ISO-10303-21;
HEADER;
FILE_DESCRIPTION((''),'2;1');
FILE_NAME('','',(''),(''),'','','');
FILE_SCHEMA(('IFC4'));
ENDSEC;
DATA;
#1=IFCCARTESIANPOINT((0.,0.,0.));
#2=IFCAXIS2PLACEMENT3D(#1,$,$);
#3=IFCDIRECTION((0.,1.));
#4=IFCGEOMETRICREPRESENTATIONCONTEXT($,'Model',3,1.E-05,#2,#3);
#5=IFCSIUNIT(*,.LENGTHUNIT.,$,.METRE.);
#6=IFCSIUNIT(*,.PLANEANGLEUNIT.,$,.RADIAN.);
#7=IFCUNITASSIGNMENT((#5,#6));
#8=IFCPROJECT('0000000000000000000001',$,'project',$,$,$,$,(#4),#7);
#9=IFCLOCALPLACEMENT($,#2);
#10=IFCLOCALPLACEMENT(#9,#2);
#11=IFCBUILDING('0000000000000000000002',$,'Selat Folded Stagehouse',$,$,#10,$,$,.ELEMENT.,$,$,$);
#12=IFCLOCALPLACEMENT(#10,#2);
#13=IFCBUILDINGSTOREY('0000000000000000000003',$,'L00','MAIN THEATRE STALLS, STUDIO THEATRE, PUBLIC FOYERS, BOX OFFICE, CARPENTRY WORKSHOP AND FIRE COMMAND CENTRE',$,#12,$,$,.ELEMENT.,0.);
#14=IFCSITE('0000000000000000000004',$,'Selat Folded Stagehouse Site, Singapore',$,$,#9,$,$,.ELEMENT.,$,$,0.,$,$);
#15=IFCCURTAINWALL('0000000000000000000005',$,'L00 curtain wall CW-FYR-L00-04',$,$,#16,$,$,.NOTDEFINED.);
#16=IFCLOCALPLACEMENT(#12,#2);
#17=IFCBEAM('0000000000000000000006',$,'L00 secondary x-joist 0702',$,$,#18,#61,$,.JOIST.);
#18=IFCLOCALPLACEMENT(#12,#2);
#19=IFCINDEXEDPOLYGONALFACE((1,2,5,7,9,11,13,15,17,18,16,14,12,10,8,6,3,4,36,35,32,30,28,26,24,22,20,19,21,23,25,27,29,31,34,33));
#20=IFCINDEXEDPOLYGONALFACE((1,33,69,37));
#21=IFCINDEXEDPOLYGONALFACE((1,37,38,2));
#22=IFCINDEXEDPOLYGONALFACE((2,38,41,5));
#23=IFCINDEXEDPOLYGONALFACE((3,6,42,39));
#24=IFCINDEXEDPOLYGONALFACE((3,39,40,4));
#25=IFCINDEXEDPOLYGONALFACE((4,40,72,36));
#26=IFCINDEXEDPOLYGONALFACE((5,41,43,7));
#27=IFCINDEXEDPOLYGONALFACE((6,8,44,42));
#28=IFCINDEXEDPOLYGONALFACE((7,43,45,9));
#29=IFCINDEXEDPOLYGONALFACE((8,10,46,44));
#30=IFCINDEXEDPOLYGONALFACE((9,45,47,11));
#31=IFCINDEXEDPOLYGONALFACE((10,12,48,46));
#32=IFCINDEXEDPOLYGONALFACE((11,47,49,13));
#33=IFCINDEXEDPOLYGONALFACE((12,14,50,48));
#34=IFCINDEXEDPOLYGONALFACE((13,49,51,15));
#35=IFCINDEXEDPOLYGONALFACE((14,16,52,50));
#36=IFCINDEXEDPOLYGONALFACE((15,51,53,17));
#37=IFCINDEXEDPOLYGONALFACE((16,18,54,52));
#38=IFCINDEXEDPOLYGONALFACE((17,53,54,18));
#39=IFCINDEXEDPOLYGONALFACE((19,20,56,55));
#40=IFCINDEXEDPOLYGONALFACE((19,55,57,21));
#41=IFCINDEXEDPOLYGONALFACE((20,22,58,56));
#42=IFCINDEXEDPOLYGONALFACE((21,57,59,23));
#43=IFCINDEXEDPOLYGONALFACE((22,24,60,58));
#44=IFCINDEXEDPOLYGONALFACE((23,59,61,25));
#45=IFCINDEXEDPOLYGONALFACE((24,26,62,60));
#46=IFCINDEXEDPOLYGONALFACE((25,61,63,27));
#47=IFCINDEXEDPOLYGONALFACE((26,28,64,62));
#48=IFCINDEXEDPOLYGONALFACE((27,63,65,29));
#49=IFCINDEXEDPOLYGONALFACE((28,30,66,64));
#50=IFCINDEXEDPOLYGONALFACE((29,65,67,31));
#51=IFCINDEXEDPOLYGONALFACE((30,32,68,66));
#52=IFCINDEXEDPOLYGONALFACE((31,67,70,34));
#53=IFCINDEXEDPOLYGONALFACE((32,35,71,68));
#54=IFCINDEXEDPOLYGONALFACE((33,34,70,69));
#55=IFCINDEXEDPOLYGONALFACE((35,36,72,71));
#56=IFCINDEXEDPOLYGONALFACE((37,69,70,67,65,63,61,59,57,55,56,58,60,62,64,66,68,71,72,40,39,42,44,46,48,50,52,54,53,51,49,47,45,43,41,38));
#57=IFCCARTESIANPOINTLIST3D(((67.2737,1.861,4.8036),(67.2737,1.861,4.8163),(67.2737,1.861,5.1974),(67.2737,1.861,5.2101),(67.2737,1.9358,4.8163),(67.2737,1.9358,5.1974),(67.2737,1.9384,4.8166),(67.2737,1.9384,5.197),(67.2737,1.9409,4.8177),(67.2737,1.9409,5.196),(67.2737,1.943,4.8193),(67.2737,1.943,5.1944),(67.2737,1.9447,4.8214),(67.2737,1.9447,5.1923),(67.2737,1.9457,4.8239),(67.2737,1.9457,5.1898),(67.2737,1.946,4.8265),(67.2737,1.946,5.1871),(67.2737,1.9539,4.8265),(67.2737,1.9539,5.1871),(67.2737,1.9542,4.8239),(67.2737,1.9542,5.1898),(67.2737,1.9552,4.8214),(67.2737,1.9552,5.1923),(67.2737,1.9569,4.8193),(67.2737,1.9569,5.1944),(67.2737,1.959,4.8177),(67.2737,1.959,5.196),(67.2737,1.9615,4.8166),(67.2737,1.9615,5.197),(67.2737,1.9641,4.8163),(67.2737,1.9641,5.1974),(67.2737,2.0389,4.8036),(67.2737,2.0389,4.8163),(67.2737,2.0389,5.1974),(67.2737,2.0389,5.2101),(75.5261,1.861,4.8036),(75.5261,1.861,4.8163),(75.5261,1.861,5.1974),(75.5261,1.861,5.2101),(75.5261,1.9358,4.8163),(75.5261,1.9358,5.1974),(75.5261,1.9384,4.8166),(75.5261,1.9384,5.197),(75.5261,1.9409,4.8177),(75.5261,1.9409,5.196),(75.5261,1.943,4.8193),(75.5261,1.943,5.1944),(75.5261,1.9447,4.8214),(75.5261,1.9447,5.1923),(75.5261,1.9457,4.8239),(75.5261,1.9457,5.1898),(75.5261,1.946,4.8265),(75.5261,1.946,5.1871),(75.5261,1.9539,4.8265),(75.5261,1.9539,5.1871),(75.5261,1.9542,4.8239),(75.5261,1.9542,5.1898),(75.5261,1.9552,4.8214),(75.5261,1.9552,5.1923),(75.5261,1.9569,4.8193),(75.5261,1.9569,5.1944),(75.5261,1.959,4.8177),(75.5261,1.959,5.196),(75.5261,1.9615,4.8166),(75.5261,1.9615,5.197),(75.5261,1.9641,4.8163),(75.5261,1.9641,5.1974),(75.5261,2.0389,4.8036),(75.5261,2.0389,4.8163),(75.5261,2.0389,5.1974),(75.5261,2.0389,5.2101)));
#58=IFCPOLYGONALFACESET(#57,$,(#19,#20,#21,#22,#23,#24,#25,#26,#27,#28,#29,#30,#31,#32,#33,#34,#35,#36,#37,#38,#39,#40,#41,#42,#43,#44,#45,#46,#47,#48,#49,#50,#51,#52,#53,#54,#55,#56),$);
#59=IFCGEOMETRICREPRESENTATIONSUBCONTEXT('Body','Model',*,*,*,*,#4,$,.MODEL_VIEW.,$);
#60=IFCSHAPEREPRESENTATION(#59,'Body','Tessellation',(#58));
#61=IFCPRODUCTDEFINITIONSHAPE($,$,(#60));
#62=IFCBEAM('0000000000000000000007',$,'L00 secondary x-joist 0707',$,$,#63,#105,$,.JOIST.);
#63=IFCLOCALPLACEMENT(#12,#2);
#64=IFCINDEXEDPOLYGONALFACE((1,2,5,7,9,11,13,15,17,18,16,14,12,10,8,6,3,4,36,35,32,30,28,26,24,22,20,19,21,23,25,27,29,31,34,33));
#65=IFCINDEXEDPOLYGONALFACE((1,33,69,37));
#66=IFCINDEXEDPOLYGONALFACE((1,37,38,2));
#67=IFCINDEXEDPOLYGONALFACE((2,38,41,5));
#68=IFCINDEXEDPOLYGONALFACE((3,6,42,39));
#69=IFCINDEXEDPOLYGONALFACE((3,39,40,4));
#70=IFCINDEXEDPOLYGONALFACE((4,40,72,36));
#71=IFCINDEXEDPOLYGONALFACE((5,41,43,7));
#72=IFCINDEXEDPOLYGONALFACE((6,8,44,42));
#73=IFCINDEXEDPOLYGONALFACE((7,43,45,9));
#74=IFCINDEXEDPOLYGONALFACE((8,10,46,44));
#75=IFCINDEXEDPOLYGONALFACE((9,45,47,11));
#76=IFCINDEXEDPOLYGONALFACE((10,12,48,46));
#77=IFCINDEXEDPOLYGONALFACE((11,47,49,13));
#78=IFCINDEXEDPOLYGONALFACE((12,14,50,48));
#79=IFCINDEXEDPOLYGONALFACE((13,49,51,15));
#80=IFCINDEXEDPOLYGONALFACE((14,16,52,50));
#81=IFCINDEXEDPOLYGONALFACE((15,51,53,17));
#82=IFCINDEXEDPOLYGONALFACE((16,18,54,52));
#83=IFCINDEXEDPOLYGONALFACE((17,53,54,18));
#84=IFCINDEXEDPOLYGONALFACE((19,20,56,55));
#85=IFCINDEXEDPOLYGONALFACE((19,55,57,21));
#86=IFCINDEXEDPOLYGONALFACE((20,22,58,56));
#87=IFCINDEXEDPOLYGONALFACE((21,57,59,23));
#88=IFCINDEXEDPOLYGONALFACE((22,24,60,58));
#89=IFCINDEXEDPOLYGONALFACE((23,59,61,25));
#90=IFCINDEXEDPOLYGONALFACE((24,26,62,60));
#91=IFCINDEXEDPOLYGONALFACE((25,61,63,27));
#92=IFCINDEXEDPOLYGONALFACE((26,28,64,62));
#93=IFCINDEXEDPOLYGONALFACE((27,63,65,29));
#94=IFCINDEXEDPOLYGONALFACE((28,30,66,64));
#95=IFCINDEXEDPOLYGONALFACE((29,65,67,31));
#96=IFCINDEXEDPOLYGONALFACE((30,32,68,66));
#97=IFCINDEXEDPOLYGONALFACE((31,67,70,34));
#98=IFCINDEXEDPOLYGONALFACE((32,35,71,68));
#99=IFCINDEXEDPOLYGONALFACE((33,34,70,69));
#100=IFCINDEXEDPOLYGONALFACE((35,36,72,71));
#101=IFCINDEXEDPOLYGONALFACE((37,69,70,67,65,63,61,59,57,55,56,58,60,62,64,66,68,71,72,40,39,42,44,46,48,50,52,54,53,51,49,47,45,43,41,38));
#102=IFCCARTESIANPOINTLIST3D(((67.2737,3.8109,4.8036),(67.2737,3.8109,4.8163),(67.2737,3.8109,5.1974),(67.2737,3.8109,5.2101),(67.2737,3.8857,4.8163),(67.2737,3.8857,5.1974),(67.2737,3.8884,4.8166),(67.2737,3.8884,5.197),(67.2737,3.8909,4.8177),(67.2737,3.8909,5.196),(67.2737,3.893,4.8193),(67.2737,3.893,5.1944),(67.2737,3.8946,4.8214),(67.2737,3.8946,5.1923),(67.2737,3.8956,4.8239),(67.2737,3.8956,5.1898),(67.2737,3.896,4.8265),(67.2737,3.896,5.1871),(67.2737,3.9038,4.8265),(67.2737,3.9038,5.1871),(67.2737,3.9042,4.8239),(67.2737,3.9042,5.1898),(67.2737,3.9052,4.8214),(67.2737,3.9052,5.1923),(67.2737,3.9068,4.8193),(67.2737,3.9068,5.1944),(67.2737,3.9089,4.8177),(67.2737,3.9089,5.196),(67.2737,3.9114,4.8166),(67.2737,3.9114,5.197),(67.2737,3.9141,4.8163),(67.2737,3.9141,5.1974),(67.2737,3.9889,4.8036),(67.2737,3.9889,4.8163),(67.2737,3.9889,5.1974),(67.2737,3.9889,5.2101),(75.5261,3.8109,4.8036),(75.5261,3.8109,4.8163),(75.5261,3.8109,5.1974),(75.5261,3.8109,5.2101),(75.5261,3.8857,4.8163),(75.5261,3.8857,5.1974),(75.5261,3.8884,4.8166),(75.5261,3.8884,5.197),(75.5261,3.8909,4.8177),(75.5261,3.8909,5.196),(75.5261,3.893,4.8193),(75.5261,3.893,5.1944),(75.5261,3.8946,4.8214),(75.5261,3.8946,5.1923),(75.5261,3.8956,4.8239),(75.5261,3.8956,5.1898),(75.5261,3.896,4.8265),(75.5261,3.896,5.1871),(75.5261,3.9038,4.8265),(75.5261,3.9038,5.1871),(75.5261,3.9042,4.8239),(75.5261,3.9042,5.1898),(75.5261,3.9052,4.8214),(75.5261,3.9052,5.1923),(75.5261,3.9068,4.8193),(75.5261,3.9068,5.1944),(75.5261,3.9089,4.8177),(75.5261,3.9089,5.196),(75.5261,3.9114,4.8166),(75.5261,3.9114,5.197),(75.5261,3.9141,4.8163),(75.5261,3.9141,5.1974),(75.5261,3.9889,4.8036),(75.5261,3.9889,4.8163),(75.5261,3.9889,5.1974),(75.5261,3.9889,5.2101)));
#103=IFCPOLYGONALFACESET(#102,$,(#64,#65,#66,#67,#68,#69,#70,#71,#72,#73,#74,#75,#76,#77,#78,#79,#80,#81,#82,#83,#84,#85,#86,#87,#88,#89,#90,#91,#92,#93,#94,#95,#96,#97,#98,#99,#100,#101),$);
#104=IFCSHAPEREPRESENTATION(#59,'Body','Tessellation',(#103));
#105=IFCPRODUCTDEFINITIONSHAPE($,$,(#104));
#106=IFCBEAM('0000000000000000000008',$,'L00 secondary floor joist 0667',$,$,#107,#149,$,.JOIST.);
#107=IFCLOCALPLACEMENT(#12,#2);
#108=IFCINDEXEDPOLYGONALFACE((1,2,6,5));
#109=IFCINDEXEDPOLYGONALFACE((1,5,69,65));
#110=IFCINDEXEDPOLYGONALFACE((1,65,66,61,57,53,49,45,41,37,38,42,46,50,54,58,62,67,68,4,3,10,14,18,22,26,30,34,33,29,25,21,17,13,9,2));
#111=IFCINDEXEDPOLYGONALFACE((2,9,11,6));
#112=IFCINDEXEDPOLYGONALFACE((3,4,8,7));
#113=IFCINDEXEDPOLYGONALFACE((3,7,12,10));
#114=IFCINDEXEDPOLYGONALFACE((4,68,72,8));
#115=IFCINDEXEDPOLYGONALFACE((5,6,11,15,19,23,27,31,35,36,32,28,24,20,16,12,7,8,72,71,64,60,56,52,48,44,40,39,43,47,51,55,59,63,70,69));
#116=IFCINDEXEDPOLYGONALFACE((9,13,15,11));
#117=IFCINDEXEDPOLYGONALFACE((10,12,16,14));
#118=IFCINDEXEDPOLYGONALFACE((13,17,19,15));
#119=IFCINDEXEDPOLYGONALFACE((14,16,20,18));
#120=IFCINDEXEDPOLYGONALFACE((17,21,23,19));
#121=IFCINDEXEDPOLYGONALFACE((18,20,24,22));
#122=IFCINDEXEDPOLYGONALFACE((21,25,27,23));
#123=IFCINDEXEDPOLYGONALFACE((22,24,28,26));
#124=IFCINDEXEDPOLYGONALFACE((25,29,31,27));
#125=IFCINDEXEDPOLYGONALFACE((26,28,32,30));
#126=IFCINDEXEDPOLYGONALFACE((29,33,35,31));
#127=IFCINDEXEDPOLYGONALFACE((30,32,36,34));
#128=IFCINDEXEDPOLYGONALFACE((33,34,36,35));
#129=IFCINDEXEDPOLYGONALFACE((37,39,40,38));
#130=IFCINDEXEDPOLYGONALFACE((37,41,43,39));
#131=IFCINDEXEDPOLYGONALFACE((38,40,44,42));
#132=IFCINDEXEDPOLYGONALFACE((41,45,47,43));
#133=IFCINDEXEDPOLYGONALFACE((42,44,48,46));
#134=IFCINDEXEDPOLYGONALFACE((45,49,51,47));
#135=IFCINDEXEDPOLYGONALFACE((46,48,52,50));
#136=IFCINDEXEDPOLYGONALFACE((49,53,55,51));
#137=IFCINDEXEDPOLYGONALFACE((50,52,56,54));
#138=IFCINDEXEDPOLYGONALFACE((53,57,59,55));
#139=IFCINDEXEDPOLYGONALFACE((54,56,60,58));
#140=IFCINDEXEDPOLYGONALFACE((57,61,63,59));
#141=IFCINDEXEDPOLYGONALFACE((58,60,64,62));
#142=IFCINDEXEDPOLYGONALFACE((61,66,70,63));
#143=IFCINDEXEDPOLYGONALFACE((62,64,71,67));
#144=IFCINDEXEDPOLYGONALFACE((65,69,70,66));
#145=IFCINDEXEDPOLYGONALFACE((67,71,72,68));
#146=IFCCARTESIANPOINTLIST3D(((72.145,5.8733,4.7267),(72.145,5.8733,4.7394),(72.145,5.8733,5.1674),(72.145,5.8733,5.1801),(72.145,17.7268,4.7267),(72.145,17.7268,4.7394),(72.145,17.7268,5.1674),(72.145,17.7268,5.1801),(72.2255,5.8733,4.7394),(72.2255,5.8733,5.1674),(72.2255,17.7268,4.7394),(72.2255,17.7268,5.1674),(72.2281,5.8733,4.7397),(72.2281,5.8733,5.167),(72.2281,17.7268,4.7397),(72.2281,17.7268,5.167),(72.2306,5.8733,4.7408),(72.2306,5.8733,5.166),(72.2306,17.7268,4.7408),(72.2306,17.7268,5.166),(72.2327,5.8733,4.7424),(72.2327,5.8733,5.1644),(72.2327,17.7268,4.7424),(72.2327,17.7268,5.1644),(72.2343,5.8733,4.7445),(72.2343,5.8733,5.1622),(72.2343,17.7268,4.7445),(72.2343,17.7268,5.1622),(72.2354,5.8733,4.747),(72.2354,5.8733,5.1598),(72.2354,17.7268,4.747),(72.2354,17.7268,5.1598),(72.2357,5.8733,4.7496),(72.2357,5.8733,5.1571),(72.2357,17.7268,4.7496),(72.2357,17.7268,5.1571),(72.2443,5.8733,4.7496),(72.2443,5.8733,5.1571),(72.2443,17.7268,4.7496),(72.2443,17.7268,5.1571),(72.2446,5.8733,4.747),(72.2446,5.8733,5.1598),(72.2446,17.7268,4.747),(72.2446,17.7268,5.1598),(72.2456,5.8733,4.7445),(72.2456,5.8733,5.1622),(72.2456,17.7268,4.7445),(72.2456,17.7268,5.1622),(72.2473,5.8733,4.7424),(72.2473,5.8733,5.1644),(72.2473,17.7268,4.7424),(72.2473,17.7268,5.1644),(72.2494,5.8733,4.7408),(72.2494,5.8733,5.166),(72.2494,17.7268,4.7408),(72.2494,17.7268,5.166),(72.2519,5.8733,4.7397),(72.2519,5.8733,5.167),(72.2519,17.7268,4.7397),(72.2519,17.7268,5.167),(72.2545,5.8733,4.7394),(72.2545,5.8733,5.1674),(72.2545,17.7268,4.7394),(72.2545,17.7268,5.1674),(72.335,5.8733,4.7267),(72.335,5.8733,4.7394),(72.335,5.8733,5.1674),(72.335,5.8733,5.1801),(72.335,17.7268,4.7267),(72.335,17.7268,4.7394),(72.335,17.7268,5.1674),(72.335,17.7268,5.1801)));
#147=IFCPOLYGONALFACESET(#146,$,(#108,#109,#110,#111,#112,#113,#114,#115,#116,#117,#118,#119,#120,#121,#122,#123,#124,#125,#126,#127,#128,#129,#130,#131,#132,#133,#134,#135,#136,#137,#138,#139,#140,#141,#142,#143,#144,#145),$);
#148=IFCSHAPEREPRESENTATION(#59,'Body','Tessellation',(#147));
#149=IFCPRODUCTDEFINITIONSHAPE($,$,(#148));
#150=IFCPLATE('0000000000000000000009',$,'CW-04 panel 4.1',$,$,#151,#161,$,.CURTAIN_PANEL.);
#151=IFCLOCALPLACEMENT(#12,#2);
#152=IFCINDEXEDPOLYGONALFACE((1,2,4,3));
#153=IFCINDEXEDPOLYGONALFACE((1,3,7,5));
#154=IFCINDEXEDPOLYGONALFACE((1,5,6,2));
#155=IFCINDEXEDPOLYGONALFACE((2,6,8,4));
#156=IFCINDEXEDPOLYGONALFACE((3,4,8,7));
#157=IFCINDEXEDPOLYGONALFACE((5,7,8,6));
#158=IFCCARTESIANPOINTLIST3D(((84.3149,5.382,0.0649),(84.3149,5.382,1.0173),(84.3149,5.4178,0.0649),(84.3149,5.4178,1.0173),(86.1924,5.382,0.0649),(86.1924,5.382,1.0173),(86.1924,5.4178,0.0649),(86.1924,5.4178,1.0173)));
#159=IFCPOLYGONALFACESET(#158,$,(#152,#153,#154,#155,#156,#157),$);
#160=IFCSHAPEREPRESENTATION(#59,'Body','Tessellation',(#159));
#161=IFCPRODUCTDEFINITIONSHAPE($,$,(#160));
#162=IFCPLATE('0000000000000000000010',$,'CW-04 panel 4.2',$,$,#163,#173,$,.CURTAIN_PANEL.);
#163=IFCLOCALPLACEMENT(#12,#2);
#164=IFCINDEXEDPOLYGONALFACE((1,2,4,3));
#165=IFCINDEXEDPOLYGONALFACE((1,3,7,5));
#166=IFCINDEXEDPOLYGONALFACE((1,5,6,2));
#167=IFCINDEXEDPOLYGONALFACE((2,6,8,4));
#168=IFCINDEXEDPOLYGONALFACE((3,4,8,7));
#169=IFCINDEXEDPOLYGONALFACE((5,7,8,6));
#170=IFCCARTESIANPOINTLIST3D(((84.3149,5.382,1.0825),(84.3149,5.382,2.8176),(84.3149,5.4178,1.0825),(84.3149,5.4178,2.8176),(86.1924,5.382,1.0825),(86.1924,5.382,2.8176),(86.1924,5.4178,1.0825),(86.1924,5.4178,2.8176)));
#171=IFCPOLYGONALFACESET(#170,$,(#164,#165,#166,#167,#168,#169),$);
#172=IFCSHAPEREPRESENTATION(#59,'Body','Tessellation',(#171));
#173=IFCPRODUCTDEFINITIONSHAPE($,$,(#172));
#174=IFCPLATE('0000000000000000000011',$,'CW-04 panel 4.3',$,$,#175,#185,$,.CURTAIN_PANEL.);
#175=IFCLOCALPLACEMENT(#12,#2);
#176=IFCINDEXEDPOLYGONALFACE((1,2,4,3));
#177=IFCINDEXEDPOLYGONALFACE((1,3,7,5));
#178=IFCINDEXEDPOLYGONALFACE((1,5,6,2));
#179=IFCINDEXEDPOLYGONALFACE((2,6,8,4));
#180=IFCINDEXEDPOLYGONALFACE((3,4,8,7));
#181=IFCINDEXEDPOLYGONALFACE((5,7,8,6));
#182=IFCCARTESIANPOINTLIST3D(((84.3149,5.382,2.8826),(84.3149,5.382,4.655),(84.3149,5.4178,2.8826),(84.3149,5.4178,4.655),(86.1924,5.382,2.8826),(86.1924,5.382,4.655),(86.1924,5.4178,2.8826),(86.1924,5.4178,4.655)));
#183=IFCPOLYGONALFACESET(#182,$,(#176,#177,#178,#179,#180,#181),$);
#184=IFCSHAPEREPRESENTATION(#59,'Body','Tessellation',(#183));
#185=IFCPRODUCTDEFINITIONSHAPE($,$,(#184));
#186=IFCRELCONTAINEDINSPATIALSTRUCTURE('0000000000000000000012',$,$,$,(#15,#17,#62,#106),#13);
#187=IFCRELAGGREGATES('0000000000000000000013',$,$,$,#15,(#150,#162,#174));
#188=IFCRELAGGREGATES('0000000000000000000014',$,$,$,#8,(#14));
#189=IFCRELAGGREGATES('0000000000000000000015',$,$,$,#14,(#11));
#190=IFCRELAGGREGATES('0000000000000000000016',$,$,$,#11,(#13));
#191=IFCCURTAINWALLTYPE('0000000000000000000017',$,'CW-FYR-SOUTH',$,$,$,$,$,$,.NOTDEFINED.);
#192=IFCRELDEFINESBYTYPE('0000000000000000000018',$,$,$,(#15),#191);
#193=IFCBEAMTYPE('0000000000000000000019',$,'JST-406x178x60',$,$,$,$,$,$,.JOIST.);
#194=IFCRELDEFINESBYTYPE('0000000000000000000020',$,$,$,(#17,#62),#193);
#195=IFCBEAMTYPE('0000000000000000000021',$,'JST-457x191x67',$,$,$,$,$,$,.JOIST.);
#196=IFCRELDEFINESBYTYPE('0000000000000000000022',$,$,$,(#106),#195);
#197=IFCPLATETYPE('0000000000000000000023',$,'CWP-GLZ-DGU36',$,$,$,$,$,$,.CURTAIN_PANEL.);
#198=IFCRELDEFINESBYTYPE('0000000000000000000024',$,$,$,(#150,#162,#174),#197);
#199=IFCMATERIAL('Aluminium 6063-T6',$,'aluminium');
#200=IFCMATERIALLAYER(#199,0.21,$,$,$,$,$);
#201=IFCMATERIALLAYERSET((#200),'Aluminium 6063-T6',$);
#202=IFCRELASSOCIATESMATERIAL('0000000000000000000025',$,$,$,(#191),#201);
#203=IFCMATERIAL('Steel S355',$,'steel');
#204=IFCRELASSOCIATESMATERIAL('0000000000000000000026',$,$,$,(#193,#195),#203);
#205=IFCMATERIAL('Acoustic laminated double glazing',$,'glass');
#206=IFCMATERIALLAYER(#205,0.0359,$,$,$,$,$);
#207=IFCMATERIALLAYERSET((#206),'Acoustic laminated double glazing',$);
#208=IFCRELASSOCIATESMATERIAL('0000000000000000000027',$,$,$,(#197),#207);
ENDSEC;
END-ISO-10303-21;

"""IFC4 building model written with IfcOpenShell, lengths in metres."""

from ifc_helpers import new_model, si_unit, direction, frame, origin, origin_2d, place, context, subcontext, project, spatial, rectangle, i_section, extrude, material, layer, layer_set, material_profile, profile_set, type_object, element, aggregate, save


model = new_model("IFC4")

# Units and contexts
model_context = context("Model", 3, precision=1e-05, world=origin(), true_north=direction((0.0, 1.0)))
body_context = subcontext(model_context, "Body", "Model", "MODEL_VIEW")
ifc_project = project(units=[si_unit("LENGTHUNIT", "METRE"), si_unit("PLANEANGLEUNIT", "RADIAN")], contexts=[model_context])

# Site, building, storey
site_placement = place(None, origin())
site = spatial("IfcSite", under=ifc_project, at=site_placement, Name="Selat Folded Stagehouse Site, Singapore", CompositionType="ELEMENT", RefElevation=0.0)
building_placement = place(site_placement, origin())
building = spatial("IfcBuilding", under=site, at=building_placement, Name="Selat Folded Stagehouse", CompositionType="ELEMENT")
storey_placement = place(building_placement, origin())
storey = spatial("IfcBuildingStorey", under=building, at=storey_placement, Name="L00", Description="MAIN THEATRE STALLS, STUDIO THEATRE, PUBLIC FOYERS, BOX OFFICE, CARPENTRY WORKSHOP AND FIRE COMMAND CENTRE", CompositionType="ELEMENT", Elevation=0.0)

# Shared definitions
ifc_material_1 = material(Name="Steel S355", Category="steel")

# Curtain wall
ifc_material_2 = material(Name="Aluminium 6063-T6", Category="aluminium")
ifc_layer_1 = layer(ifc_material_2, 0.21)
ifc_layer_set_1 = layer_set([ifc_layer_1], Name="Aluminium 6063-T6")
curtain_wall_type = type_object("IfcCurtainWallType", Name="CW-FYR-SOUTH", PredefinedType="NOTDEFINED", material=ifc_layer_set_1)
curtain_wall_placement = place(storey_placement, origin())
curtain_wall = element("IfcCurtainWall", 1, at=curtain_wall_placement, inside=storey, type_object=curtain_wall_type, Name="L00 curtain wall CW-FYR-L00-04", PredefinedType="NOTDEFINED")

# Beams
ifc_material_profile_1 = material_profile(ifc_material_1, i_section(OverallWidth=0.178, OverallDepth=0.4065, WebThickness=0.0078, FlangeThickness=0.0127, FilletRadius=0.0103, at=origin_2d()), Name="UKB 406x178x60")
ifc_profile_set_1 = profile_set([ifc_material_profile_1], Name="Steel S355")
beam_type_1 = type_object("IfcBeamType", Name="JST-406x178x60", PredefinedType="JOIST", material=ifc_profile_set_1)
for number, where, z_axis, x_axis, name in (
    (2, (67.2737, 1.95, 5.0068), (1.0, 0.0, 0.0), (0.0, 1.0, 0.0), "L00 secondary x-joist 0702"),
    (3, (67.2737, 3.8999, 5.0068), (1.0, 0.0, 0.0), (0.0, 1.0, 0.0), "L00 secondary x-joist 0707"),
):
    element("IfcBeam", number, at=place(storey_placement, frame(where, z_axis=z_axis, x_axis=x_axis)), inside=storey, type_object=beam_type_1, Name=name, PredefinedType="JOIST", context=body_context, shape_type="SweptSolid", body=[
        extrude(i_section(OverallWidth=0.178, OverallDepth=0.4065, WebThickness=0.0078, FlangeThickness=0.0127, FilletRadius=0.0103, at=origin_2d()), origin(), (0.0, 0.0, 1.0), 8.2524),
    ])
ifc_material_profile_2 = material_profile(ifc_material_1, i_section(OverallWidth=0.1899, OverallDepth=0.4534, WebThickness=0.0085, FlangeThickness=0.0127, FilletRadius=0.0103, at=origin_2d()), Name="UKB 457x191x67")
ifc_profile_set_2 = profile_set([ifc_material_profile_2], Name="Steel S355")
beam_type_2 = type_object("IfcBeamType", Name="JST-457x191x67", PredefinedType="JOIST", material=ifc_profile_set_2)
beam_1_placement = place(storey_placement, frame((72.24, 5.8733, 4.9534), z_axis=(0.0, 1.0, 0.0), x_axis=(-1.0, 0.0, 0.0)))
element("IfcBeam", 4, at=beam_1_placement, inside=storey, type_object=beam_type_2, Name="L00 secondary floor joist 0667", PredefinedType="JOIST", context=body_context, shape_type="SweptSolid", body=[
    extrude(i_section(OverallWidth=0.1899, OverallDepth=0.4534, WebThickness=0.0085, FlangeThickness=0.0127, FilletRadius=0.0103, at=origin_2d()), origin(), (0.0, 0.0, 1.0), 11.8535),
])

# Plates
ifc_material_3 = material(Name="Acoustic laminated double glazing", Category="glass")
ifc_layer_2 = layer(ifc_material_3, 0.0359)
ifc_layer_set_2 = layer_set([ifc_layer_2], Name="Acoustic laminated double glazing")
plate_type = type_object("IfcPlateType", Name="CWP-GLZ-DGU36", PredefinedType="CURTAIN_PANEL", material=ifc_layer_set_2)
plate_1_placement = place(storey_placement, frame((85.2537, 5.3999, 0.0649), z_axis=(0.0, 0.0, 1.0), x_axis=(-1.0, 0.0, 0.0)))
plate_1 = element("IfcPlate", 5, at=plate_1_placement, type_object=plate_type, Name="CW-04 panel 4.1", PredefinedType="CURTAIN_PANEL", context=body_context, shape_type="SweptSolid", body=[
    extrude(rectangle(XDim=1.8774, YDim=0.0359, at=origin_2d()), origin(), (0.0, 0.0, 1.0), 0.9524),
])
plate_2_placement = place(storey_placement, frame((85.2537, 5.3999, 1.0825), z_axis=(0.0, 0.0, 1.0), x_axis=(-1.0, 0.0, 0.0)))
plate_2 = element("IfcPlate", 6, at=plate_2_placement, type_object=plate_type, Name="CW-04 panel 4.2", PredefinedType="CURTAIN_PANEL", context=body_context, shape_type="SweptSolid", body=[
    extrude(rectangle(XDim=1.8774, YDim=0.0359, at=origin_2d()), origin(), (0.0, 0.0, 1.0), 1.7351),
])
plate_3_placement = place(storey_placement, frame((85.2537, 5.3999, 2.8826), z_axis=(0.0, 0.0, 1.0), x_axis=(-1.0, 0.0, 0.0)))
plate_3 = element("IfcPlate", 7, at=plate_3_placement, type_object=plate_type, Name="CW-04 panel 4.3", PredefinedType="CURTAIN_PANEL", context=body_context, shape_type="SweptSolid", body=[
    extrude(rectangle(XDim=1.8774, YDim=0.0359, at=origin_2d()), origin(), (0.0, 0.0, 1.0), 1.7725),
])
aggregate(curtain_wall, [plate_1, plate_2, plate_3])

save(model, "model.ifc")
